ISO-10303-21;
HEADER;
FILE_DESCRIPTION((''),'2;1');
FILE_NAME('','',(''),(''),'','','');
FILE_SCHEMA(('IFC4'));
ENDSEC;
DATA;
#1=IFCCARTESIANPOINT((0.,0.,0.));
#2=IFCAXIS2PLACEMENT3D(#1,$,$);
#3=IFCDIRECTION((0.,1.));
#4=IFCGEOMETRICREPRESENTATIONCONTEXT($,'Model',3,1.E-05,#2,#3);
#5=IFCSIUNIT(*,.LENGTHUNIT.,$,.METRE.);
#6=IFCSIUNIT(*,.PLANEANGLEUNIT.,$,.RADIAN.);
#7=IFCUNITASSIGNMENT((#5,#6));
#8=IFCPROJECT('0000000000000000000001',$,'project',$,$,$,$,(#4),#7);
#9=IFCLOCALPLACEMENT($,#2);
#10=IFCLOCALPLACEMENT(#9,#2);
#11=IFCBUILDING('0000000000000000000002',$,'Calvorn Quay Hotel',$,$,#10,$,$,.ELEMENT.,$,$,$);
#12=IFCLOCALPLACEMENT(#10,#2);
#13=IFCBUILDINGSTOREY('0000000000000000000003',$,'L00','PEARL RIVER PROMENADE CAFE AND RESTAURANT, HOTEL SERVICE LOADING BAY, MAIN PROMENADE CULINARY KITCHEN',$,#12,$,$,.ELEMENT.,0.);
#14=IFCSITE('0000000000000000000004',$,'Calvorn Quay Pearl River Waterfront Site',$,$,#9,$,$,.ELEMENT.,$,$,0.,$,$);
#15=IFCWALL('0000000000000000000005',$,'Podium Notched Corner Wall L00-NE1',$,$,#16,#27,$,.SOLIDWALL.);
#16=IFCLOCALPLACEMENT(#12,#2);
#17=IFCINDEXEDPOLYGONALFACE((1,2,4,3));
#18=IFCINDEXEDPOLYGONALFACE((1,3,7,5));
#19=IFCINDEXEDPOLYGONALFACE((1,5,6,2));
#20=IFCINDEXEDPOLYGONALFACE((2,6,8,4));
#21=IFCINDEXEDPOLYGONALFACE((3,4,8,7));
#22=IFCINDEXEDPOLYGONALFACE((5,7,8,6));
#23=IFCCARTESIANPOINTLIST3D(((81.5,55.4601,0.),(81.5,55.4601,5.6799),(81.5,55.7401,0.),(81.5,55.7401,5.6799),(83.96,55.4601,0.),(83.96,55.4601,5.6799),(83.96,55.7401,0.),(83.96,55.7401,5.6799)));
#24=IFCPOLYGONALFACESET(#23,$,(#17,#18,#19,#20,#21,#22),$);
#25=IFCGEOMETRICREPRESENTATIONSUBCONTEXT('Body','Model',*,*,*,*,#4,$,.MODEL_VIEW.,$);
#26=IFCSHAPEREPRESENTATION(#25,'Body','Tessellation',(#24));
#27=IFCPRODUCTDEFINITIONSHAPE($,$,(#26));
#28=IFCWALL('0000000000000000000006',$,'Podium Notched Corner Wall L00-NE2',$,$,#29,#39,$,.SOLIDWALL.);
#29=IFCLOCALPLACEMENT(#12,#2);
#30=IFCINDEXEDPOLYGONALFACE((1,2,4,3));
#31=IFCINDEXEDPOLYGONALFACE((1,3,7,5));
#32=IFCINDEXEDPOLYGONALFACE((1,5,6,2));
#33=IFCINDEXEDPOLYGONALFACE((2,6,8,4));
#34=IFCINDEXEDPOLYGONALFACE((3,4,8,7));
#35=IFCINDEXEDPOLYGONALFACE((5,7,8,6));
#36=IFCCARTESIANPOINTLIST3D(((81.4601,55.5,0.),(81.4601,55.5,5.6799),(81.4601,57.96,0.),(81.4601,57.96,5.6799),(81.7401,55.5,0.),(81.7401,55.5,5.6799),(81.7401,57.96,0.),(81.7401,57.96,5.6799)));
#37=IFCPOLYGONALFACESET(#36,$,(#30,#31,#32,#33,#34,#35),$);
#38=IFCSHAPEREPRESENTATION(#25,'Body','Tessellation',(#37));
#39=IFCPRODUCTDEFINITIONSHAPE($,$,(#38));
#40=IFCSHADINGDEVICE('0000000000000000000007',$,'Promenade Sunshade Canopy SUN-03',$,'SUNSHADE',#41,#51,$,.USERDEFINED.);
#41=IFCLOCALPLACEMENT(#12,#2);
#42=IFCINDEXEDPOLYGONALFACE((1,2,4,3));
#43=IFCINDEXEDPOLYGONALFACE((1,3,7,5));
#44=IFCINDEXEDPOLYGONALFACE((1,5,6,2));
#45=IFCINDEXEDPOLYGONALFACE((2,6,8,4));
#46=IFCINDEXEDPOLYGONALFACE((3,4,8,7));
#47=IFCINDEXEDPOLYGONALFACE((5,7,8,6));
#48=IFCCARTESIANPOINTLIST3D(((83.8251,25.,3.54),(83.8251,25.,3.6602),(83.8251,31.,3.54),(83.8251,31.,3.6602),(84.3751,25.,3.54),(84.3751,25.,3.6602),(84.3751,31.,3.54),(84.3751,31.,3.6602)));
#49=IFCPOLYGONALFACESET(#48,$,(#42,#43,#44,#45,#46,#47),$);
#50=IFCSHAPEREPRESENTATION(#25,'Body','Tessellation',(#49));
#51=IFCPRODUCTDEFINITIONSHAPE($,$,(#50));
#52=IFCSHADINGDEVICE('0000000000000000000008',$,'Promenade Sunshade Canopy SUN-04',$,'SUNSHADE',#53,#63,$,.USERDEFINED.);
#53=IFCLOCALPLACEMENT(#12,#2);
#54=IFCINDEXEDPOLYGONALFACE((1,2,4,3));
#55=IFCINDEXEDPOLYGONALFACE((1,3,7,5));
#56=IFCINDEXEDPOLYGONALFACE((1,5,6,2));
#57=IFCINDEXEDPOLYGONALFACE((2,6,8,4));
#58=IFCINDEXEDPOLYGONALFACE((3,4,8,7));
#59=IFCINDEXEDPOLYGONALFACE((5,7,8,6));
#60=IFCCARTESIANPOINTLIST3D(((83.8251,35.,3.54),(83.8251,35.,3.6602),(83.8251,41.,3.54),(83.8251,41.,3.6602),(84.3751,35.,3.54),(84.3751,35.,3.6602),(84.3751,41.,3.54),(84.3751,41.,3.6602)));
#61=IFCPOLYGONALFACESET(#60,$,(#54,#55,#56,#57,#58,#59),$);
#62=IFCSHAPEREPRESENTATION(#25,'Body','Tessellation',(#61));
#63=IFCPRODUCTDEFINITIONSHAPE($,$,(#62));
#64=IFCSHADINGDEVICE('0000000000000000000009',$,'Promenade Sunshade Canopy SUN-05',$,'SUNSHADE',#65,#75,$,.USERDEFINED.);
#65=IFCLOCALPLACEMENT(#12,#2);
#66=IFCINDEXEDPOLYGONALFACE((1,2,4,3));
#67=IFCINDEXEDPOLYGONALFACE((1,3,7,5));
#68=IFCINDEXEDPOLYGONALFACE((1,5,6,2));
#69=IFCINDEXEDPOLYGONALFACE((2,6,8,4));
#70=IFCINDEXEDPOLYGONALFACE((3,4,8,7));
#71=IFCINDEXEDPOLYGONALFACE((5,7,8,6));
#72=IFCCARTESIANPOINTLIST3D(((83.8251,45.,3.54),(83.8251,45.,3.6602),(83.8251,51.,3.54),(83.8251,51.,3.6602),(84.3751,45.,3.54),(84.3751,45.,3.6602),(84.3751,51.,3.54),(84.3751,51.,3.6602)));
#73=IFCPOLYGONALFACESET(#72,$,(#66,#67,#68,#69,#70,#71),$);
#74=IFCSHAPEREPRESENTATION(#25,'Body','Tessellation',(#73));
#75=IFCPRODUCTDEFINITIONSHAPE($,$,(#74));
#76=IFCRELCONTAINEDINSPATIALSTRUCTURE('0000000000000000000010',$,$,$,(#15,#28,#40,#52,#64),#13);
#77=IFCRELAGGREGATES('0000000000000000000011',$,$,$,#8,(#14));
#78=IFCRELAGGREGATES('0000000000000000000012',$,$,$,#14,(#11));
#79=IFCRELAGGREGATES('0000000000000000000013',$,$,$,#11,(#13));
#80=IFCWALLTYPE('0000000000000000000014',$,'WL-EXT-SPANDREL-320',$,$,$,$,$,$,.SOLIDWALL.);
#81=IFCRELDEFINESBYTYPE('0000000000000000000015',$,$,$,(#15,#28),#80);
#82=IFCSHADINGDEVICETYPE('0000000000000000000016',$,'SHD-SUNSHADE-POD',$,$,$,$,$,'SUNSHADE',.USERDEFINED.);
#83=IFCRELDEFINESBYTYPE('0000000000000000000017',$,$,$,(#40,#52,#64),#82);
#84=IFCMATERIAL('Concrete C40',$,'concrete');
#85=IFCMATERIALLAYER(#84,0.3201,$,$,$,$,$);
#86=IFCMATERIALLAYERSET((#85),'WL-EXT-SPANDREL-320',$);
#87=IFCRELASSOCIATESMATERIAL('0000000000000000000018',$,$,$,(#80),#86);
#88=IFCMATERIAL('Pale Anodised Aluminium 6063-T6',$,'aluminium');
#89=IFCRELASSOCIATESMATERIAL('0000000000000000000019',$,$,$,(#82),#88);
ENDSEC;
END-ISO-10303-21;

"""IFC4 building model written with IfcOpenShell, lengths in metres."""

from ifc_helpers import new_model, si_unit, direction, frame, frame_2d, origin, origin_2d, place, context, subcontext, project, spatial, rectangle, extrude, material, layer, layer_set, type_object, element, save


model = new_model("IFC4")

# Units and contexts
model_context = context("Model", 3, precision=1e-05, world=origin(), true_north=direction((0.0, 1.0)))
body_context = subcontext(model_context, "Body", "Model", "MODEL_VIEW")
ifc_project = project(units=[si_unit("LENGTHUNIT", "METRE"), si_unit("PLANEANGLEUNIT", "RADIAN")], contexts=[model_context])

# Site, building, storey
site_placement = place(None, origin())
site = spatial("IfcSite", under=ifc_project, at=site_placement, Name="Calvorn Quay Pearl River Waterfront Site", CompositionType="ELEMENT", RefElevation=0.0)
building_placement = place(site_placement, origin())
building = spatial("IfcBuilding", under=site, at=building_placement, Name="Calvorn Quay Hotel", CompositionType="ELEMENT")
storey_placement = place(building_placement, origin())
storey = spatial("IfcBuildingStorey", under=building, at=storey_placement, Name="L00", Description="PEARL RIVER PROMENADE CAFE AND RESTAURANT, HOTEL SERVICE LOADING BAY, MAIN PROMENADE CULINARY KITCHEN", CompositionType="ELEMENT", Elevation=0.0)

# Walls
ifc_material_1 = material(Name="Concrete C40", Category="concrete")
ifc_layer_1 = layer(ifc_material_1, 0.3201)
ifc_layer_set_1 = layer_set([ifc_layer_1], Name="WL-EXT-SPANDREL-320")
wall_type = type_object("IfcWallType", Name="WL-EXT-SPANDREL-320", PredefinedType="SOLIDWALL", material=ifc_layer_set_1)
for number, where, z_axis, x_axis, name in (
    (1, (83.96, 55.6001, 0.0), (0.0, 0.0, 1.0), (-1.0, 0.0, 0.0), "Podium Notched Corner Wall L00-NE1"),
    (2, (81.6001, 55.5, 0.0), (0.0, 0.0, 1.0), (0.0, 1.0, 0.0), "Podium Notched Corner Wall L00-NE2"),
):
    element("IfcWall", number, at=place(storey_placement, frame(where, z_axis=z_axis, x_axis=x_axis)), inside=storey, type_object=wall_type, Name=name, PredefinedType="SOLIDWALL", context=body_context, shape_type="SweptSolid", body=[
        extrude(rectangle(XDim=2.46, YDim=0.28, at=frame_2d((1.23, 0.0))), origin(), (0.0, 0.0, 1.0), 5.6799),
    ])

# Shading devices
ifc_material_2 = material(Name="Pale Anodised Aluminium 6063-T6", Category="aluminium")
shading_device_type = type_object("IfcShadingDeviceType", Name="SHD-SUNSHADE-POD", ElementType="SUNSHADE", PredefinedType="USERDEFINED", material=ifc_material_2)
for number, where, z_axis, x_axis, name in (
    (3, (84.1001, 28.0, 3.54), (0.0, 0.0, 1.0), (1.0, 0.0, 0.0), "Promenade Sunshade Canopy SUN-03"),
    (4, (84.1001, 38.0, 3.54), (0.0, 0.0, 1.0), (1.0, 0.0, 0.0), "Promenade Sunshade Canopy SUN-04"),
    (5, (84.1001, 48.0, 3.54), (0.0, 0.0, 1.0), (1.0, 0.0, 0.0), "Promenade Sunshade Canopy SUN-05"),
):
    element("IfcShadingDevice", number, at=place(storey_placement, frame(where, z_axis=z_axis, x_axis=x_axis)), inside=storey, type_object=shading_device_type, Name=name, ObjectType="SUNSHADE", PredefinedType="USERDEFINED", context=body_context, shape_type="SweptSolid", body=[
        extrude(rectangle(XDim=0.55, YDim=6.0, at=origin_2d()), origin(), (0.0, 0.0, 1.0), 0.1201),
    ])

save(model, "model.ifc")
